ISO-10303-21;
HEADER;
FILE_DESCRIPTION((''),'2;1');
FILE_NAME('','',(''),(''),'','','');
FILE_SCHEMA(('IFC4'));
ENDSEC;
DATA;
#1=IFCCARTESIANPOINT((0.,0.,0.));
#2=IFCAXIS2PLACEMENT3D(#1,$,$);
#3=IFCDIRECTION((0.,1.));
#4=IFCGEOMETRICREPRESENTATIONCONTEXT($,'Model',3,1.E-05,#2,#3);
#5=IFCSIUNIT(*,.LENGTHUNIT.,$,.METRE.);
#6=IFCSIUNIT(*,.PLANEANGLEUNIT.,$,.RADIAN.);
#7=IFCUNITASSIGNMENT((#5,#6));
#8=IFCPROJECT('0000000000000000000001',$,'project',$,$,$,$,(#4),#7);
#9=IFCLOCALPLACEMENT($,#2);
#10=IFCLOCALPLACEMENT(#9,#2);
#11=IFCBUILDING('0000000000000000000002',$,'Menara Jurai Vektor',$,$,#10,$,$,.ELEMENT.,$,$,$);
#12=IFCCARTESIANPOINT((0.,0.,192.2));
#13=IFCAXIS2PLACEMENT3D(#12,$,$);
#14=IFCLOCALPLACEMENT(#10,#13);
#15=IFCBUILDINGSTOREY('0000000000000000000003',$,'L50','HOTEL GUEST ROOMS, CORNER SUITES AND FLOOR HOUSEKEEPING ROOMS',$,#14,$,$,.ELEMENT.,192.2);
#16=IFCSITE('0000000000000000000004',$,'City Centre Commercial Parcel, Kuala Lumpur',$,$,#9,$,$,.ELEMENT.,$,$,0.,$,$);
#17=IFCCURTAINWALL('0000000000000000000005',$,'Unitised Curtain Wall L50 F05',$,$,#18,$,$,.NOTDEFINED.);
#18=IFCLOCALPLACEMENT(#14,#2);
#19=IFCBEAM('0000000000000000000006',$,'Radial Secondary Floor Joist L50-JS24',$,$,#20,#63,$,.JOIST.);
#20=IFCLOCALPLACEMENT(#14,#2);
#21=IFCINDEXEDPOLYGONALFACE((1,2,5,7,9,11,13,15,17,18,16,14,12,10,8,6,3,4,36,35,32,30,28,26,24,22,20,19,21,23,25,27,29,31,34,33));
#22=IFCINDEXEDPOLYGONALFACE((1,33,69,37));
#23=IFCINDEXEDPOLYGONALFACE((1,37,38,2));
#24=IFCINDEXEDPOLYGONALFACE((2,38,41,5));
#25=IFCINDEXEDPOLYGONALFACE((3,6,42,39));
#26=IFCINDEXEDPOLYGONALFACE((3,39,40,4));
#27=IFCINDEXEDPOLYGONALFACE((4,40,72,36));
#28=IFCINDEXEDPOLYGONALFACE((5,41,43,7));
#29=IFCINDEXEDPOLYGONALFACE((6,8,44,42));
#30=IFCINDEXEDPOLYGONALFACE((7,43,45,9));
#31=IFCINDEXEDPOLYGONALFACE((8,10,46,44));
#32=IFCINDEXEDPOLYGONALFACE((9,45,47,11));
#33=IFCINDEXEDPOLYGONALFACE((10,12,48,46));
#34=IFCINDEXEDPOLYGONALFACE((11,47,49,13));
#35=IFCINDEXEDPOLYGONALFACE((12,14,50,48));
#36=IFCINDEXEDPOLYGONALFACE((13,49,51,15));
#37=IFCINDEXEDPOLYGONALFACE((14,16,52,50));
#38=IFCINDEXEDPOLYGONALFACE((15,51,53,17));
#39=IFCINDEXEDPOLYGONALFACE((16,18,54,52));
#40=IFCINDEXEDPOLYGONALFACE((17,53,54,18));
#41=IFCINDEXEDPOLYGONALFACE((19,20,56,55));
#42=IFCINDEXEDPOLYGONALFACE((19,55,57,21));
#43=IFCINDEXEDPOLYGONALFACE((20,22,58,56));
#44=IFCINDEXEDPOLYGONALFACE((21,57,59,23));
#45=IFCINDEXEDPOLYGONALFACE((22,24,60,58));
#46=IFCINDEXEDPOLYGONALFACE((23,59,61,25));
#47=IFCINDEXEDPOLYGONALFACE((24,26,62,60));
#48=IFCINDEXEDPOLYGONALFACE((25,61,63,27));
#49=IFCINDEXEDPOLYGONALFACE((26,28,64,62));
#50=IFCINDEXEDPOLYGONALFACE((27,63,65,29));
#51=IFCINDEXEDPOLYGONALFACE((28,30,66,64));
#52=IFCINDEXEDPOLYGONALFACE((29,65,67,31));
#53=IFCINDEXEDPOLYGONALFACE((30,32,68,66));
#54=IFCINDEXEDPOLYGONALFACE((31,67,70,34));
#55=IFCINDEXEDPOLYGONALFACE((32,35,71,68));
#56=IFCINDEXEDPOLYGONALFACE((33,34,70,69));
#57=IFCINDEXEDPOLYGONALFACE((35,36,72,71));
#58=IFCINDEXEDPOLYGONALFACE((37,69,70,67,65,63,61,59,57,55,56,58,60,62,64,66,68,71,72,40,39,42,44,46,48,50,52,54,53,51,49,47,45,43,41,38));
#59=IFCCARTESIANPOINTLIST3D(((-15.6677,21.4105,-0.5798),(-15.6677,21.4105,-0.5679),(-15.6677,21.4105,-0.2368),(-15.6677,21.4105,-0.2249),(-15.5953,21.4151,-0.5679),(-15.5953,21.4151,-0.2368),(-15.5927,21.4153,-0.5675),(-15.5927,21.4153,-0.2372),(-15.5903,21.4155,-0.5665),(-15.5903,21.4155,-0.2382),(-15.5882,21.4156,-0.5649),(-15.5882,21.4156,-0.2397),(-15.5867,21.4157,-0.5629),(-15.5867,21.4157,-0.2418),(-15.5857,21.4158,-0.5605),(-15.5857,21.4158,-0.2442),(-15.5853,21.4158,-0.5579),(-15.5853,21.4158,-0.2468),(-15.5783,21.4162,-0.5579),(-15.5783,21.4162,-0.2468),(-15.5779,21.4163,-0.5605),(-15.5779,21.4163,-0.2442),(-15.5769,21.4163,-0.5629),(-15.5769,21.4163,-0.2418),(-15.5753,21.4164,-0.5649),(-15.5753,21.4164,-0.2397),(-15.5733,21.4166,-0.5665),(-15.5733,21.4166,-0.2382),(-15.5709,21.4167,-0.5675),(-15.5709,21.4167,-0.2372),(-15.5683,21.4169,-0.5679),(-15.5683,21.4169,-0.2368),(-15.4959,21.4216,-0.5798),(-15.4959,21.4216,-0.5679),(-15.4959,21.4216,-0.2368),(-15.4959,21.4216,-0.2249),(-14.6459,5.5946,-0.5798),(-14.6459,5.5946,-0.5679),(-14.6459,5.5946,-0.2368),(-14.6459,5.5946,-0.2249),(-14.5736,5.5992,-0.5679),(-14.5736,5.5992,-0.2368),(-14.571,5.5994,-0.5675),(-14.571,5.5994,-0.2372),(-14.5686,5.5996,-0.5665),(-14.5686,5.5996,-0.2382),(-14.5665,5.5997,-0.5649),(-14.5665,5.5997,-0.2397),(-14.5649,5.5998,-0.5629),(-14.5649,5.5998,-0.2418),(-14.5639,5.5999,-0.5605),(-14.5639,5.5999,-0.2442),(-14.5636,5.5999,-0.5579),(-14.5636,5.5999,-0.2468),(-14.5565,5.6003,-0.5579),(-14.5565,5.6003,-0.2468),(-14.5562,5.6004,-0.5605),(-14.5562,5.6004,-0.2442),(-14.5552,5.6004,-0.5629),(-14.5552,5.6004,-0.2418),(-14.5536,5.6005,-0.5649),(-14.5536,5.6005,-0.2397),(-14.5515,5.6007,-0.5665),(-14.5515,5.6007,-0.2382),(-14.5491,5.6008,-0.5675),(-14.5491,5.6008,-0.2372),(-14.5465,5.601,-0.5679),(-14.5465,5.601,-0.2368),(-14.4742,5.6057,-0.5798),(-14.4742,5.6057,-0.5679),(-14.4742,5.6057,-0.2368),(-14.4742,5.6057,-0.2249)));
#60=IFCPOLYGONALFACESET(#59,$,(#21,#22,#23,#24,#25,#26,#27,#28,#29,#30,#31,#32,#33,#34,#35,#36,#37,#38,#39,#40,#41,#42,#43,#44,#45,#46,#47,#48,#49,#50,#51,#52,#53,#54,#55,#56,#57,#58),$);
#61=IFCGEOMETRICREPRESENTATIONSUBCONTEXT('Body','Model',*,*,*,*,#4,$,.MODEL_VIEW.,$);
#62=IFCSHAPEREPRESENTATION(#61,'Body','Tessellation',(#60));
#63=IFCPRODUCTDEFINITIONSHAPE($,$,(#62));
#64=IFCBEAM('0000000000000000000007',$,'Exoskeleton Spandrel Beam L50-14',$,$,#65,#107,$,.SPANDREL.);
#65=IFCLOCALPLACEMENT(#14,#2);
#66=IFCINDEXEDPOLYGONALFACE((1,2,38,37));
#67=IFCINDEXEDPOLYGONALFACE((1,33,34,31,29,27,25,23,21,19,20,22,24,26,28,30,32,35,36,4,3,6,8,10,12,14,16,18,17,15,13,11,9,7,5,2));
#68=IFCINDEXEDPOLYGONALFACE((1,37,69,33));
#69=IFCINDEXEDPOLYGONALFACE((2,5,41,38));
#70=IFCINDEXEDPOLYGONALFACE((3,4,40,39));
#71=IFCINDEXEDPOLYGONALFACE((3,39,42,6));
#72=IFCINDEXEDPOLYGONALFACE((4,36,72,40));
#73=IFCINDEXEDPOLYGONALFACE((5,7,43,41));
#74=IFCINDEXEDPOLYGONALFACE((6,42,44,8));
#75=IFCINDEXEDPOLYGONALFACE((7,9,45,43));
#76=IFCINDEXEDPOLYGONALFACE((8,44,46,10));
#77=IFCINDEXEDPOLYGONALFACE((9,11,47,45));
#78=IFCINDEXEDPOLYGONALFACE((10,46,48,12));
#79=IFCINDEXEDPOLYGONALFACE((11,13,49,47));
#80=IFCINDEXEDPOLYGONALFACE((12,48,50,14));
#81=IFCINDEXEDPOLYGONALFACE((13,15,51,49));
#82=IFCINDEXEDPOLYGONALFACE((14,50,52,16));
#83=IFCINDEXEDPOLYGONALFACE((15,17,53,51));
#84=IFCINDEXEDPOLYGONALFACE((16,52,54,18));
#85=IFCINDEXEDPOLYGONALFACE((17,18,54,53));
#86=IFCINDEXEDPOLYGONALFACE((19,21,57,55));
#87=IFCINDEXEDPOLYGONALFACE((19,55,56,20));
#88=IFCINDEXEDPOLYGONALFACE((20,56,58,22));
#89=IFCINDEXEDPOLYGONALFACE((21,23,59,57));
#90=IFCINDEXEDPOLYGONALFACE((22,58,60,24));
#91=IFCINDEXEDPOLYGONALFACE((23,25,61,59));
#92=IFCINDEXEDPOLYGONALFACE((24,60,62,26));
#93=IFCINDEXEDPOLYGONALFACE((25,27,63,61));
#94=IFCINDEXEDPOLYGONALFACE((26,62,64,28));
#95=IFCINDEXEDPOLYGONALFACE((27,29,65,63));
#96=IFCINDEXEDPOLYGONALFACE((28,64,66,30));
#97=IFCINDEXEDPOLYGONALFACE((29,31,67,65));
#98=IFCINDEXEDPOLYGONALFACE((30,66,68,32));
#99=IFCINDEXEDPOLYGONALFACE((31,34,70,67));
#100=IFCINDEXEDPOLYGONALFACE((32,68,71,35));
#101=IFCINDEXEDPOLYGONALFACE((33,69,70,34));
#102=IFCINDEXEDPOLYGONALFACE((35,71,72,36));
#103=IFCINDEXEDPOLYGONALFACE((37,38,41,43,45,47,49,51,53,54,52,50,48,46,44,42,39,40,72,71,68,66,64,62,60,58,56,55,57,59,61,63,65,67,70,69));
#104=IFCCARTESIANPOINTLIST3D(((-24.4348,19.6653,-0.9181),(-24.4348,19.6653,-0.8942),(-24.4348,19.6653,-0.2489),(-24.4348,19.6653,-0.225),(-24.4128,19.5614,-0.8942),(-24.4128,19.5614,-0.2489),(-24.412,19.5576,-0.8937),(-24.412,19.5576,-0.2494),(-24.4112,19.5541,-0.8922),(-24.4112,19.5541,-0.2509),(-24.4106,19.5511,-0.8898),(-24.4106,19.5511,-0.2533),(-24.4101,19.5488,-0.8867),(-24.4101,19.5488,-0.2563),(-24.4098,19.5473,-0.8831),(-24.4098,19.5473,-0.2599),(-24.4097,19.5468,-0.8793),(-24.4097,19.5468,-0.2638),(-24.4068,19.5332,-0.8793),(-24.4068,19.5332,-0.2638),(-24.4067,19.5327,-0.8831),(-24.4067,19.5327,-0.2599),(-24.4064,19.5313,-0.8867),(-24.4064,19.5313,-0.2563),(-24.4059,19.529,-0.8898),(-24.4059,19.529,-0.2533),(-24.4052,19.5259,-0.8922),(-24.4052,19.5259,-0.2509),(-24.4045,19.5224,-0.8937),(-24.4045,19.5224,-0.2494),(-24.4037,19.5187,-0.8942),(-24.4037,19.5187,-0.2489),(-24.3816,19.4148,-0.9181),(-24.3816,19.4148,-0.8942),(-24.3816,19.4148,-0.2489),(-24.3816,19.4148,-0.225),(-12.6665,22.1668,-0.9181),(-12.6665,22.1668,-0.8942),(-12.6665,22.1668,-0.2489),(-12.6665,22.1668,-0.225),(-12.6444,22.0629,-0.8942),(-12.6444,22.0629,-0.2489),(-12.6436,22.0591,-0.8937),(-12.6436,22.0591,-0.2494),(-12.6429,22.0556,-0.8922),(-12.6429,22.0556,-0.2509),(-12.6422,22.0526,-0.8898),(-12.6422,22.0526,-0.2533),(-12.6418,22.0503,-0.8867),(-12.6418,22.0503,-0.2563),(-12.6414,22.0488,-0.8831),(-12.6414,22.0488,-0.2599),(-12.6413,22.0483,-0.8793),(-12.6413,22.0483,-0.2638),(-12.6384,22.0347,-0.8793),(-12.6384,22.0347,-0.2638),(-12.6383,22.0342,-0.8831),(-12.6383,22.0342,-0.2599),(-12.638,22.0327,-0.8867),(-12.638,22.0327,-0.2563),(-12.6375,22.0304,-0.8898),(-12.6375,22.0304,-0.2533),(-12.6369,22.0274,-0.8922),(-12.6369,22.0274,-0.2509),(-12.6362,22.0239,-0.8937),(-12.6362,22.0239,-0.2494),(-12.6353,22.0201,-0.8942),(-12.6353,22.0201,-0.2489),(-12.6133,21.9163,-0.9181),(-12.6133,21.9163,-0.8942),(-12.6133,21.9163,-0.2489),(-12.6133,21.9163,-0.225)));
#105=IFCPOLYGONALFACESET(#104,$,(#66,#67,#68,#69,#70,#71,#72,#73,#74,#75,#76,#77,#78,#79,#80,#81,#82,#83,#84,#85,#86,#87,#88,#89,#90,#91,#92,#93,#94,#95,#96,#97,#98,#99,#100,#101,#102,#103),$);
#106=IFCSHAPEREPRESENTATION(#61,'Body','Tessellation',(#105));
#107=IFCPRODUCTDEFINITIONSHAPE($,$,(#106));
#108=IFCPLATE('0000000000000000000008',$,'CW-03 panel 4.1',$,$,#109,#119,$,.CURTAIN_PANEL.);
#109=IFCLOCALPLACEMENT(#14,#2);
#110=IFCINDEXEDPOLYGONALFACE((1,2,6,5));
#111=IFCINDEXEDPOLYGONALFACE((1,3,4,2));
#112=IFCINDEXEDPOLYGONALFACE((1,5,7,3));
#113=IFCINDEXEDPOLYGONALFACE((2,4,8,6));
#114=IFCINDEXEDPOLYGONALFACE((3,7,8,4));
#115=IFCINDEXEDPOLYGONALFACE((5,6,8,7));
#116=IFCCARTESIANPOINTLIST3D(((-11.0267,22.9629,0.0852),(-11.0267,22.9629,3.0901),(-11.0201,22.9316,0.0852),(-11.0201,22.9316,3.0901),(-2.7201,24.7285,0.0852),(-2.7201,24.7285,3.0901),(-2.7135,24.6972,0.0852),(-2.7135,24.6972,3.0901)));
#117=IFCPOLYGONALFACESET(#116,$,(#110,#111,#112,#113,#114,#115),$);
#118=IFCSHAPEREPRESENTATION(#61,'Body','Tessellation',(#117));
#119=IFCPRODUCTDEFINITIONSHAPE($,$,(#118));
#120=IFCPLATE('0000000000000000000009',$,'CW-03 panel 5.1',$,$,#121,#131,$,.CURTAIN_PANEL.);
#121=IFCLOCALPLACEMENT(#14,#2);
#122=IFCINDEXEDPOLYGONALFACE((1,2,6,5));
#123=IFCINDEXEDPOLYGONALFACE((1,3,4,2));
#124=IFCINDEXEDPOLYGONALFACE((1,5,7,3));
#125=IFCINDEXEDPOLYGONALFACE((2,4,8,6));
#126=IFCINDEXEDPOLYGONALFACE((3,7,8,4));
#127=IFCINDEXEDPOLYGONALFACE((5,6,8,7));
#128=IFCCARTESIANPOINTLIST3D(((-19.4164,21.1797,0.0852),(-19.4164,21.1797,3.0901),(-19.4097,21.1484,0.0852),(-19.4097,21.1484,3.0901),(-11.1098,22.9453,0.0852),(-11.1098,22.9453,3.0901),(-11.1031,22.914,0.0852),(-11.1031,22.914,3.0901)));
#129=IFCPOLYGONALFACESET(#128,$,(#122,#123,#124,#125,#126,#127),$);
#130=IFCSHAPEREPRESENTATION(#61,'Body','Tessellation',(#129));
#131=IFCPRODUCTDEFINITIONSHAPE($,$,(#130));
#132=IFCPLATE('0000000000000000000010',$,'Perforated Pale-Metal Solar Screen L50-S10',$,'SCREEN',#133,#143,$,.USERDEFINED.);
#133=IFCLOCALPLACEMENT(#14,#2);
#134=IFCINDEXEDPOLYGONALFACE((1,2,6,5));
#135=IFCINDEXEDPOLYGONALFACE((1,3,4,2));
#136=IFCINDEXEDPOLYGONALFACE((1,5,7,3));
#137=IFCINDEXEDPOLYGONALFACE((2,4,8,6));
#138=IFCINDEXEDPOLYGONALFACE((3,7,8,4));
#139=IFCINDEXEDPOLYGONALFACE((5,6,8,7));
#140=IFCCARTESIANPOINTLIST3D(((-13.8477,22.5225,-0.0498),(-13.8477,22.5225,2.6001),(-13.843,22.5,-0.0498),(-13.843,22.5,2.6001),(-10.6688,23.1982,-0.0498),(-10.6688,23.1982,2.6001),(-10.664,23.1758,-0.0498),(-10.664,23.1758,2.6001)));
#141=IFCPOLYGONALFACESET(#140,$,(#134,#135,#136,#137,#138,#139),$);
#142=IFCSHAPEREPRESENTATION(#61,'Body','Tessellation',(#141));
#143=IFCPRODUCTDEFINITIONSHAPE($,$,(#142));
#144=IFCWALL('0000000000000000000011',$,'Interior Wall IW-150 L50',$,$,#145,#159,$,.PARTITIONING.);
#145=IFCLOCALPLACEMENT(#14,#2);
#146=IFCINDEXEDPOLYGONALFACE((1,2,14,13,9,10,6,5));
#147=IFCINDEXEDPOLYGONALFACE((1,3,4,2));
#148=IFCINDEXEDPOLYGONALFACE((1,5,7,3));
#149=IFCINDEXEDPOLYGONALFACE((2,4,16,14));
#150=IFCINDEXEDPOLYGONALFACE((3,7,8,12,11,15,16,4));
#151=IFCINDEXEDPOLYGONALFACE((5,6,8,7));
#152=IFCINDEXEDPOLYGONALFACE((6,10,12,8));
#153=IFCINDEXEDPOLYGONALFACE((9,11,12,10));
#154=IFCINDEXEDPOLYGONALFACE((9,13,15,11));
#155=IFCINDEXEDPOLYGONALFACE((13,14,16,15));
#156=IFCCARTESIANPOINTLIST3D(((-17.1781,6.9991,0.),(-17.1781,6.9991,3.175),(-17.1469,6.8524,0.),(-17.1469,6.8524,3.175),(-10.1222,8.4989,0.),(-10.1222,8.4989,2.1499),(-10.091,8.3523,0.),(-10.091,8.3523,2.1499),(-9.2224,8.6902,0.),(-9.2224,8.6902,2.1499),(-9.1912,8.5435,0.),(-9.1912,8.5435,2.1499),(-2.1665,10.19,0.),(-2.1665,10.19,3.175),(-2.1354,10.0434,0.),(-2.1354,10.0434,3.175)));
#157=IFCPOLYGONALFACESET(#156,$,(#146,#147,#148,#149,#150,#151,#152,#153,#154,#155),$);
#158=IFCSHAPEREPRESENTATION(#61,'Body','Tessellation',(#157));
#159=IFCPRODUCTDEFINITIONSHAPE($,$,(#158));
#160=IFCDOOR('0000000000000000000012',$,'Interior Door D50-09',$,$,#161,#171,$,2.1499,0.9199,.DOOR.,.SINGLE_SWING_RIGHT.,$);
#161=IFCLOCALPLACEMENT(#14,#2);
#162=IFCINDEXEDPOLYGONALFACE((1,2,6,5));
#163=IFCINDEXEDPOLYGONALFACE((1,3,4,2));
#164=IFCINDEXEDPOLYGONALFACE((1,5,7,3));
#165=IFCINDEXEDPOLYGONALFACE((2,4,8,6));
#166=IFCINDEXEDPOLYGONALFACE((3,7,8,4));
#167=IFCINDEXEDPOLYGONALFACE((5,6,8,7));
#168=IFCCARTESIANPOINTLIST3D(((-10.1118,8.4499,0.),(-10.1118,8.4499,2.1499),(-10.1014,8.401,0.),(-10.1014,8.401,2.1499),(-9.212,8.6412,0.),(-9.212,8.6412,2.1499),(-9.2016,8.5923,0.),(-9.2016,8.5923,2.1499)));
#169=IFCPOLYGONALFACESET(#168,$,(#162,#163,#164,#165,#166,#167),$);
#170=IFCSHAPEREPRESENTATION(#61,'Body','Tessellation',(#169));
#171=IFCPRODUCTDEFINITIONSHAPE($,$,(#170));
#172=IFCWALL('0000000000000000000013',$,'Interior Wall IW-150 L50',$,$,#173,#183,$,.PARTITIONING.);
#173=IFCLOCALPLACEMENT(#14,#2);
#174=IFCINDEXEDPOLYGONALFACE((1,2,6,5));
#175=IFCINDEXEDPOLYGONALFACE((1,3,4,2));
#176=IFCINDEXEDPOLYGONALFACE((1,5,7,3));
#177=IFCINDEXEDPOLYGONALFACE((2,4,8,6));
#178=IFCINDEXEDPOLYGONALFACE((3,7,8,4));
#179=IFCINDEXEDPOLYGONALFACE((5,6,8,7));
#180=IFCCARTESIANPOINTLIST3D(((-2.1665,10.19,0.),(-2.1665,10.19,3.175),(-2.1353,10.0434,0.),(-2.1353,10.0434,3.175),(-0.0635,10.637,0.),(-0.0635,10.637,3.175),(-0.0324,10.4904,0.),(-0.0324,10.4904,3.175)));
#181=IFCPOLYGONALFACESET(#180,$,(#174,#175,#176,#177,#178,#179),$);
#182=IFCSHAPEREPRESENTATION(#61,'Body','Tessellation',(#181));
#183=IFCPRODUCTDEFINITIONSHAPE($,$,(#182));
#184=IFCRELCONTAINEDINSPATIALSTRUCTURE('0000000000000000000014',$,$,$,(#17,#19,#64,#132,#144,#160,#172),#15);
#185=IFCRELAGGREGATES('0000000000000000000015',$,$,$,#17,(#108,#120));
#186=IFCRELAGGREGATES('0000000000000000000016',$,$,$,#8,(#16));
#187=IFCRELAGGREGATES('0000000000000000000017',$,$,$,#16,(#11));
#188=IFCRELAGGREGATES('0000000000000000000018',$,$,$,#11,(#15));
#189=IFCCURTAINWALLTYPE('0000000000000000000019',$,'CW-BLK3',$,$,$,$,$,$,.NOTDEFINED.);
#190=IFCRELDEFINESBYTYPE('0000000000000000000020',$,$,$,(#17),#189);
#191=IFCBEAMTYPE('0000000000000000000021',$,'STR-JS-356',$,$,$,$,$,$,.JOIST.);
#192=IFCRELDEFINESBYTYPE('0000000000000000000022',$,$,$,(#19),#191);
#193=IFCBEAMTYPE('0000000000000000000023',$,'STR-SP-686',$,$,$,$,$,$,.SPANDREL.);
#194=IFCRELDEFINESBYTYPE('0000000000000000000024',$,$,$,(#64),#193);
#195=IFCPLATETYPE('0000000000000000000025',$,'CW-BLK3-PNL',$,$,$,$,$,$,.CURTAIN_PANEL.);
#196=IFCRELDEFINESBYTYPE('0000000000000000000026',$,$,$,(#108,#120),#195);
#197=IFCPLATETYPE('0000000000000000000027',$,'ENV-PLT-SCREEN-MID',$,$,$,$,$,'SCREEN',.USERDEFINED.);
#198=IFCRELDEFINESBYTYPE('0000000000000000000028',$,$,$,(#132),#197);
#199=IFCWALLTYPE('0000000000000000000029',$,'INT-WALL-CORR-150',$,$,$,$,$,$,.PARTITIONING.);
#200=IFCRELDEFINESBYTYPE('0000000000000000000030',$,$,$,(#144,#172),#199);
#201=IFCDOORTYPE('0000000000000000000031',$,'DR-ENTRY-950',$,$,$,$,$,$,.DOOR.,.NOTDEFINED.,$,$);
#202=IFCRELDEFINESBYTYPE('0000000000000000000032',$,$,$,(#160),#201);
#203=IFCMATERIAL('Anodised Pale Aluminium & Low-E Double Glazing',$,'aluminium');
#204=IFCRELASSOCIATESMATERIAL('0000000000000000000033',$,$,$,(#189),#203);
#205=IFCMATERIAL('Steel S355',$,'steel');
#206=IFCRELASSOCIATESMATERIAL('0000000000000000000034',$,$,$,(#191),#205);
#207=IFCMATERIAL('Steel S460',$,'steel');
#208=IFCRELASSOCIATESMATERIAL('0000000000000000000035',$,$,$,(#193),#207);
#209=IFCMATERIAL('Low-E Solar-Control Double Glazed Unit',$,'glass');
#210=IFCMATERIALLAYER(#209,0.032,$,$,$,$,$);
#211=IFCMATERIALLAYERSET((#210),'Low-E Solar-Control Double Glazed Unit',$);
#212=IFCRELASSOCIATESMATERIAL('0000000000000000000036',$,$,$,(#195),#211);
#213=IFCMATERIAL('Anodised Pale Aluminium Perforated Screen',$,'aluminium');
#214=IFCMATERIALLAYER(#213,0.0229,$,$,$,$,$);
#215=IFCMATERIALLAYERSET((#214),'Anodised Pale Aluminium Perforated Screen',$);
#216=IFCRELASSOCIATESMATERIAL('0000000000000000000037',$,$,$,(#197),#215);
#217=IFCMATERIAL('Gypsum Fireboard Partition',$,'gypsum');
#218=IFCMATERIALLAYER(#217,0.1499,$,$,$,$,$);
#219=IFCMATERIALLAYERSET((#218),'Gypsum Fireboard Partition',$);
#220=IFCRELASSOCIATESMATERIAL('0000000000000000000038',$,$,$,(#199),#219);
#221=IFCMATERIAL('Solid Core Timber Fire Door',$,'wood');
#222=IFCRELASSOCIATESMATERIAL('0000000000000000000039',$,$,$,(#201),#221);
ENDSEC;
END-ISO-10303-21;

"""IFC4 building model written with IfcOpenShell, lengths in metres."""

from ifc_helpers import new_model, si_unit, direction, frame, frame_2d, origin, origin_2d, place, context, subcontext, project, spatial, rectangle, i_section, extrude, material, layer, layer_set, material_profile, profile_set, type_object, element, fill, aggregate, save


model = new_model("IFC4")

# Units and contexts
model_context = context("Model", 3, precision=1e-05, world=origin(), true_north=direction((0.0, 1.0)))
body_context = subcontext(model_context, "Body", "Model", "MODEL_VIEW")
ifc_project = project(units=[si_unit("LENGTHUNIT", "METRE"), si_unit("PLANEANGLEUNIT", "RADIAN")], contexts=[model_context])

# Site, building, storey
site_placement = place(None, origin())
site = spatial("IfcSite", under=ifc_project, at=site_placement, Name="City Centre Commercial Parcel, Kuala Lumpur", CompositionType="ELEMENT", RefElevation=0.0)
building_placement = place(site_placement, origin())
building = spatial("IfcBuilding", under=site, at=building_placement, Name="Menara Jurai Vektor", CompositionType="ELEMENT")
storey_placement = place(building_placement, frame((0.0, 0.0, 192.2)))
storey = spatial("IfcBuildingStorey", under=building, at=storey_placement, Name="L50", Description="HOTEL GUEST ROOMS, CORNER SUITES AND FLOOR HOUSEKEEPING ROOMS", CompositionType="ELEMENT", Elevation=192.2)

# Shared definitions
ifc_material_1 = material(Name="Steel S460", Category="steel")

# Curtain wall
ifc_material_2 = material(Name="Anodised Pale Aluminium & Low-E Double Glazing", Category="aluminium")
curtain_wall_type = type_object("IfcCurtainWallType", Name="CW-BLK3", PredefinedType="NOTDEFINED", material=ifc_material_2)
curtain_wall_placement = place(storey_placement, origin())
curtain_wall = element("IfcCurtainWall", 1, at=curtain_wall_placement, inside=storey, type_object=curtain_wall_type, Name="Unitised Curtain Wall L50 F05", PredefinedType="NOTDEFINED")

# Beams
ifc_material_3 = material(Name="Steel S355", Category="steel")
ifc_material_profile_1 = material_profile(ifc_material_3, i_section(OverallWidth=0.1721, OverallDepth=0.355, WebThickness=0.0071, FlangeThickness=0.012, FilletRadius=0.01, at=origin_2d()), Name="UKB 356x171x51")
ifc_profile_set_1 = profile_set([ifc_material_profile_1], Name="Steel S355")
beam_type_1 = type_object("IfcBeamType", Name="STR-JS-356", PredefinedType="JOIST", material=ifc_profile_set_1)
beam_1_placement = place(storey_placement, frame((-15.5818, 21.416, -0.4023), z_axis=(0.064467, -0.99792, 0.0), x_axis=(0.99792, 0.064467, 0.0)))
element("IfcBeam", 2, at=beam_1_placement, inside=storey, type_object=beam_type_1, Name="Radial Secondary Floor Joist L50-JS24", PredefinedType="JOIST", context=body_context, shape_type="SweptSolid", body=[
    extrude(i_section(OverallWidth=0.1721, OverallDepth=0.355, WebThickness=0.0071, FlangeThickness=0.012, FilletRadius=0.01, at=origin_2d()), origin(), (0.0, 0.0, 1.0), 15.8489),
])
ifc_material_profile_2 = material_profile(ifc_material_1, i_section(OverallWidth=0.2561, OverallDepth=0.6931, WebThickness=0.0139, FlangeThickness=0.0239, FilletRadius=0.0149, at=origin_2d()), Name="UKB 686x254x170")
ifc_profile_set_2 = profile_set([ifc_material_profile_2], Name="Steel S460")
beam_type_2 = type_object("IfcBeamType", Name="STR-SP-686", PredefinedType="SPANDREL", material=ifc_profile_set_2)
beam_2_placement = place(storey_placement, frame((-12.6399, 22.0415, -0.5715), z_axis=(-0.978147, -0.207914, 0.0), x_axis=(0.207914, -0.978147, 0.0)))
element("IfcBeam", 3, at=beam_2_placement, inside=storey, type_object=beam_type_2, Name="Exoskeleton Spandrel Beam L50-14", PredefinedType="SPANDREL", context=body_context, shape_type="SweptSolid", body=[
    extrude(i_section(OverallWidth=0.2561, OverallDepth=0.6931, WebThickness=0.0139, FlangeThickness=0.0239, FilletRadius=0.0149, at=origin_2d()), origin(), (0.0, 0.0, 1.0), 12.0312),
])

# Plates
ifc_material_4 = material(Name="Low-E Solar-Control Double Glazed Unit", Category="glass")
ifc_layer_1 = layer(ifc_material_4, 0.032)
ifc_layer_set_1 = layer_set([ifc_layer_1], Name="Low-E Solar-Control Double Glazed Unit")
plate_type_1 = type_object("IfcPlateType", Name="CW-BLK3-PNL", PredefinedType="CURTAIN_PANEL", material=ifc_layer_set_1)
plate_1_placement = place(storey_placement, frame((-6.8701, 23.8301, 0.0852), z_axis=(0.0, 0.0, 1.0), x_axis=(-0.978148, -0.207911, 0.0)))
plate_1 = element("IfcPlate", 4, at=plate_1_placement, type_object=plate_type_1, Name="CW-03 panel 4.1", PredefinedType="CURTAIN_PANEL", context=body_context, shape_type="SweptSolid", body=[
    extrude(rectangle(XDim=8.4922, YDim=0.032, at=origin_2d()), origin(), (0.0, 0.0, 1.0), 3.0049),
])
plate_2_placement = place(storey_placement, frame((-15.2598, 22.0469, 0.0852), z_axis=(0.0, 0.0, 1.0), x_axis=(-0.978148, -0.207911, 0.0)))
plate_2 = element("IfcPlate", 5, at=plate_2_placement, type_object=plate_type_1, Name="CW-03 panel 5.1", PredefinedType="CURTAIN_PANEL", context=body_context, shape_type="SweptSolid", body=[
    extrude(rectangle(XDim=8.4922, YDim=0.032, at=origin_2d()), origin(), (0.0, 0.0, 1.0), 3.0049),
])
aggregate(curtain_wall, [plate_1, plate_2])
ifc_material_5 = material(Name="Anodised Pale Aluminium Perforated Screen", Category="aluminium")
ifc_layer_2 = layer(ifc_material_5, 0.0229)
ifc_layer_set_2 = layer_set([ifc_layer_2], Name="Anodised Pale Aluminium Perforated Screen")
plate_type_2 = type_object("IfcPlateType", Name="ENV-PLT-SCREEN-MID", ElementType="SCREEN", PredefinedType="USERDEFINED", material=ifc_layer_set_2)
plate_3_placement = place(storey_placement, frame((-12.2559, 22.8491, -0.0498), z_axis=(0.0, 0.0, 1.0), x_axis=(-0.978148, -0.207912, 0.0)))
element("IfcPlate", 6, at=plate_3_placement, inside=storey, type_object=plate_type_2, Name="Perforated Pale-Metal Solar Screen L50-S10", ObjectType="SCREEN", PredefinedType="USERDEFINED", context=body_context, shape_type="SweptSolid", body=[
    extrude(rectangle(XDim=3.25, YDim=0.0229, at=origin_2d()), origin(), (0.0, 0.0, 1.0), 2.6499),
])

# Wall, opening, door
ifc_material_6 = material(Name="Gypsum Fireboard Partition", Category="gypsum")
ifc_layer_3 = layer(ifc_material_6, 0.1499)
ifc_layer_set_3 = layer_set([ifc_layer_3], Name="Gypsum Fireboard Partition")
wall_type_1 = type_object("IfcWallType", Name="INT-WALL-CORR-150", PredefinedType="PARTITIONING", material=ifc_layer_set_3)
wall_1_placement = place(storey_placement, frame((-17.1624, 6.9258, 0.0), z_axis=(0.0, 0.0, 1.0), x_axis=(0.978146, 0.20792, 0.0)))
wall_1 = element("IfcWall", 7, at=wall_1_placement, inside=storey, type_object=wall_type_1, Name="Interior Wall IW-150 L50", PredefinedType="PARTITIONING", context=body_context, shape_type="SweptSolid", body=[
    extrude(rectangle(XDim=15.3469, YDim=0.1499, at=frame_2d((7.6733, 0.0))), origin(), (0.0, 0.0, 1.0), 3.175),
])
opening_placement = place(wall_1_placement, frame((7.2134, 0.0, 0.0)))
opening = element("IfcOpeningElement", 8, at=opening_placement, cuts=wall_1, PredefinedType="OPENING", context=body_context, shape_type="SweptSolid", body=[
    extrude(rectangle(XDim=0.9199, YDim=2.1499, at=frame_2d((0.46, 1.075))), frame((0.0, 0.085, 0.0), z_axis=(0.0, -1.0, 0.0), x_axis=(1.0, 0.0, 0.0)), (0.0, 0.0, 1.0), 0.1699),
])
ifc_material_7 = material(Name="Solid Core Timber Fire Door", Category="wood")
door_type = type_object("IfcDoorType", Name="DR-ENTRY-950", OperationType="NOTDEFINED", PredefinedType="DOOR", material=ifc_material_7)
door_placement = place(opening_placement, origin())
door = element("IfcDoor", 9, at=door_placement, inside=storey, type_object=door_type, Name="Interior Door D50-09", OperationType="SINGLE_SWING_RIGHT", OverallHeight=2.1499, OverallWidth=0.9199, PredefinedType="DOOR", context=body_context, shape_type="SweptSolid", body=[
    extrude(rectangle(XDim=0.9199, YDim=2.1499, at=frame_2d((0.46, 1.075))), frame((0.0, 0.0249, 0.0), z_axis=(0.0, -1.0, 0.0), x_axis=(1.0, 0.0, 0.0)), (0.0, 0.0, 1.0), 0.05),
])
fill(opening, door)

# Wall
wall_2_placement = place(storey_placement, frame((-2.1509, 10.1167, 0.0), z_axis=(0.0, 0.0, 1.0), x_axis=(0.978147, 0.207916, 0.0)))
element("IfcWall", 10, at=wall_2_placement, inside=storey, type_object=wall_type_1, Name="Interior Wall IW-150 L50", PredefinedType="PARTITIONING", context=body_context, shape_type="SweptSolid", body=[
    extrude(rectangle(XDim=2.1499, YDim=0.1499, at=frame_2d((1.075, 0.0))), origin(), (0.0, 0.0, 1.0), 3.175),
])

save(model, "model.ifc")
